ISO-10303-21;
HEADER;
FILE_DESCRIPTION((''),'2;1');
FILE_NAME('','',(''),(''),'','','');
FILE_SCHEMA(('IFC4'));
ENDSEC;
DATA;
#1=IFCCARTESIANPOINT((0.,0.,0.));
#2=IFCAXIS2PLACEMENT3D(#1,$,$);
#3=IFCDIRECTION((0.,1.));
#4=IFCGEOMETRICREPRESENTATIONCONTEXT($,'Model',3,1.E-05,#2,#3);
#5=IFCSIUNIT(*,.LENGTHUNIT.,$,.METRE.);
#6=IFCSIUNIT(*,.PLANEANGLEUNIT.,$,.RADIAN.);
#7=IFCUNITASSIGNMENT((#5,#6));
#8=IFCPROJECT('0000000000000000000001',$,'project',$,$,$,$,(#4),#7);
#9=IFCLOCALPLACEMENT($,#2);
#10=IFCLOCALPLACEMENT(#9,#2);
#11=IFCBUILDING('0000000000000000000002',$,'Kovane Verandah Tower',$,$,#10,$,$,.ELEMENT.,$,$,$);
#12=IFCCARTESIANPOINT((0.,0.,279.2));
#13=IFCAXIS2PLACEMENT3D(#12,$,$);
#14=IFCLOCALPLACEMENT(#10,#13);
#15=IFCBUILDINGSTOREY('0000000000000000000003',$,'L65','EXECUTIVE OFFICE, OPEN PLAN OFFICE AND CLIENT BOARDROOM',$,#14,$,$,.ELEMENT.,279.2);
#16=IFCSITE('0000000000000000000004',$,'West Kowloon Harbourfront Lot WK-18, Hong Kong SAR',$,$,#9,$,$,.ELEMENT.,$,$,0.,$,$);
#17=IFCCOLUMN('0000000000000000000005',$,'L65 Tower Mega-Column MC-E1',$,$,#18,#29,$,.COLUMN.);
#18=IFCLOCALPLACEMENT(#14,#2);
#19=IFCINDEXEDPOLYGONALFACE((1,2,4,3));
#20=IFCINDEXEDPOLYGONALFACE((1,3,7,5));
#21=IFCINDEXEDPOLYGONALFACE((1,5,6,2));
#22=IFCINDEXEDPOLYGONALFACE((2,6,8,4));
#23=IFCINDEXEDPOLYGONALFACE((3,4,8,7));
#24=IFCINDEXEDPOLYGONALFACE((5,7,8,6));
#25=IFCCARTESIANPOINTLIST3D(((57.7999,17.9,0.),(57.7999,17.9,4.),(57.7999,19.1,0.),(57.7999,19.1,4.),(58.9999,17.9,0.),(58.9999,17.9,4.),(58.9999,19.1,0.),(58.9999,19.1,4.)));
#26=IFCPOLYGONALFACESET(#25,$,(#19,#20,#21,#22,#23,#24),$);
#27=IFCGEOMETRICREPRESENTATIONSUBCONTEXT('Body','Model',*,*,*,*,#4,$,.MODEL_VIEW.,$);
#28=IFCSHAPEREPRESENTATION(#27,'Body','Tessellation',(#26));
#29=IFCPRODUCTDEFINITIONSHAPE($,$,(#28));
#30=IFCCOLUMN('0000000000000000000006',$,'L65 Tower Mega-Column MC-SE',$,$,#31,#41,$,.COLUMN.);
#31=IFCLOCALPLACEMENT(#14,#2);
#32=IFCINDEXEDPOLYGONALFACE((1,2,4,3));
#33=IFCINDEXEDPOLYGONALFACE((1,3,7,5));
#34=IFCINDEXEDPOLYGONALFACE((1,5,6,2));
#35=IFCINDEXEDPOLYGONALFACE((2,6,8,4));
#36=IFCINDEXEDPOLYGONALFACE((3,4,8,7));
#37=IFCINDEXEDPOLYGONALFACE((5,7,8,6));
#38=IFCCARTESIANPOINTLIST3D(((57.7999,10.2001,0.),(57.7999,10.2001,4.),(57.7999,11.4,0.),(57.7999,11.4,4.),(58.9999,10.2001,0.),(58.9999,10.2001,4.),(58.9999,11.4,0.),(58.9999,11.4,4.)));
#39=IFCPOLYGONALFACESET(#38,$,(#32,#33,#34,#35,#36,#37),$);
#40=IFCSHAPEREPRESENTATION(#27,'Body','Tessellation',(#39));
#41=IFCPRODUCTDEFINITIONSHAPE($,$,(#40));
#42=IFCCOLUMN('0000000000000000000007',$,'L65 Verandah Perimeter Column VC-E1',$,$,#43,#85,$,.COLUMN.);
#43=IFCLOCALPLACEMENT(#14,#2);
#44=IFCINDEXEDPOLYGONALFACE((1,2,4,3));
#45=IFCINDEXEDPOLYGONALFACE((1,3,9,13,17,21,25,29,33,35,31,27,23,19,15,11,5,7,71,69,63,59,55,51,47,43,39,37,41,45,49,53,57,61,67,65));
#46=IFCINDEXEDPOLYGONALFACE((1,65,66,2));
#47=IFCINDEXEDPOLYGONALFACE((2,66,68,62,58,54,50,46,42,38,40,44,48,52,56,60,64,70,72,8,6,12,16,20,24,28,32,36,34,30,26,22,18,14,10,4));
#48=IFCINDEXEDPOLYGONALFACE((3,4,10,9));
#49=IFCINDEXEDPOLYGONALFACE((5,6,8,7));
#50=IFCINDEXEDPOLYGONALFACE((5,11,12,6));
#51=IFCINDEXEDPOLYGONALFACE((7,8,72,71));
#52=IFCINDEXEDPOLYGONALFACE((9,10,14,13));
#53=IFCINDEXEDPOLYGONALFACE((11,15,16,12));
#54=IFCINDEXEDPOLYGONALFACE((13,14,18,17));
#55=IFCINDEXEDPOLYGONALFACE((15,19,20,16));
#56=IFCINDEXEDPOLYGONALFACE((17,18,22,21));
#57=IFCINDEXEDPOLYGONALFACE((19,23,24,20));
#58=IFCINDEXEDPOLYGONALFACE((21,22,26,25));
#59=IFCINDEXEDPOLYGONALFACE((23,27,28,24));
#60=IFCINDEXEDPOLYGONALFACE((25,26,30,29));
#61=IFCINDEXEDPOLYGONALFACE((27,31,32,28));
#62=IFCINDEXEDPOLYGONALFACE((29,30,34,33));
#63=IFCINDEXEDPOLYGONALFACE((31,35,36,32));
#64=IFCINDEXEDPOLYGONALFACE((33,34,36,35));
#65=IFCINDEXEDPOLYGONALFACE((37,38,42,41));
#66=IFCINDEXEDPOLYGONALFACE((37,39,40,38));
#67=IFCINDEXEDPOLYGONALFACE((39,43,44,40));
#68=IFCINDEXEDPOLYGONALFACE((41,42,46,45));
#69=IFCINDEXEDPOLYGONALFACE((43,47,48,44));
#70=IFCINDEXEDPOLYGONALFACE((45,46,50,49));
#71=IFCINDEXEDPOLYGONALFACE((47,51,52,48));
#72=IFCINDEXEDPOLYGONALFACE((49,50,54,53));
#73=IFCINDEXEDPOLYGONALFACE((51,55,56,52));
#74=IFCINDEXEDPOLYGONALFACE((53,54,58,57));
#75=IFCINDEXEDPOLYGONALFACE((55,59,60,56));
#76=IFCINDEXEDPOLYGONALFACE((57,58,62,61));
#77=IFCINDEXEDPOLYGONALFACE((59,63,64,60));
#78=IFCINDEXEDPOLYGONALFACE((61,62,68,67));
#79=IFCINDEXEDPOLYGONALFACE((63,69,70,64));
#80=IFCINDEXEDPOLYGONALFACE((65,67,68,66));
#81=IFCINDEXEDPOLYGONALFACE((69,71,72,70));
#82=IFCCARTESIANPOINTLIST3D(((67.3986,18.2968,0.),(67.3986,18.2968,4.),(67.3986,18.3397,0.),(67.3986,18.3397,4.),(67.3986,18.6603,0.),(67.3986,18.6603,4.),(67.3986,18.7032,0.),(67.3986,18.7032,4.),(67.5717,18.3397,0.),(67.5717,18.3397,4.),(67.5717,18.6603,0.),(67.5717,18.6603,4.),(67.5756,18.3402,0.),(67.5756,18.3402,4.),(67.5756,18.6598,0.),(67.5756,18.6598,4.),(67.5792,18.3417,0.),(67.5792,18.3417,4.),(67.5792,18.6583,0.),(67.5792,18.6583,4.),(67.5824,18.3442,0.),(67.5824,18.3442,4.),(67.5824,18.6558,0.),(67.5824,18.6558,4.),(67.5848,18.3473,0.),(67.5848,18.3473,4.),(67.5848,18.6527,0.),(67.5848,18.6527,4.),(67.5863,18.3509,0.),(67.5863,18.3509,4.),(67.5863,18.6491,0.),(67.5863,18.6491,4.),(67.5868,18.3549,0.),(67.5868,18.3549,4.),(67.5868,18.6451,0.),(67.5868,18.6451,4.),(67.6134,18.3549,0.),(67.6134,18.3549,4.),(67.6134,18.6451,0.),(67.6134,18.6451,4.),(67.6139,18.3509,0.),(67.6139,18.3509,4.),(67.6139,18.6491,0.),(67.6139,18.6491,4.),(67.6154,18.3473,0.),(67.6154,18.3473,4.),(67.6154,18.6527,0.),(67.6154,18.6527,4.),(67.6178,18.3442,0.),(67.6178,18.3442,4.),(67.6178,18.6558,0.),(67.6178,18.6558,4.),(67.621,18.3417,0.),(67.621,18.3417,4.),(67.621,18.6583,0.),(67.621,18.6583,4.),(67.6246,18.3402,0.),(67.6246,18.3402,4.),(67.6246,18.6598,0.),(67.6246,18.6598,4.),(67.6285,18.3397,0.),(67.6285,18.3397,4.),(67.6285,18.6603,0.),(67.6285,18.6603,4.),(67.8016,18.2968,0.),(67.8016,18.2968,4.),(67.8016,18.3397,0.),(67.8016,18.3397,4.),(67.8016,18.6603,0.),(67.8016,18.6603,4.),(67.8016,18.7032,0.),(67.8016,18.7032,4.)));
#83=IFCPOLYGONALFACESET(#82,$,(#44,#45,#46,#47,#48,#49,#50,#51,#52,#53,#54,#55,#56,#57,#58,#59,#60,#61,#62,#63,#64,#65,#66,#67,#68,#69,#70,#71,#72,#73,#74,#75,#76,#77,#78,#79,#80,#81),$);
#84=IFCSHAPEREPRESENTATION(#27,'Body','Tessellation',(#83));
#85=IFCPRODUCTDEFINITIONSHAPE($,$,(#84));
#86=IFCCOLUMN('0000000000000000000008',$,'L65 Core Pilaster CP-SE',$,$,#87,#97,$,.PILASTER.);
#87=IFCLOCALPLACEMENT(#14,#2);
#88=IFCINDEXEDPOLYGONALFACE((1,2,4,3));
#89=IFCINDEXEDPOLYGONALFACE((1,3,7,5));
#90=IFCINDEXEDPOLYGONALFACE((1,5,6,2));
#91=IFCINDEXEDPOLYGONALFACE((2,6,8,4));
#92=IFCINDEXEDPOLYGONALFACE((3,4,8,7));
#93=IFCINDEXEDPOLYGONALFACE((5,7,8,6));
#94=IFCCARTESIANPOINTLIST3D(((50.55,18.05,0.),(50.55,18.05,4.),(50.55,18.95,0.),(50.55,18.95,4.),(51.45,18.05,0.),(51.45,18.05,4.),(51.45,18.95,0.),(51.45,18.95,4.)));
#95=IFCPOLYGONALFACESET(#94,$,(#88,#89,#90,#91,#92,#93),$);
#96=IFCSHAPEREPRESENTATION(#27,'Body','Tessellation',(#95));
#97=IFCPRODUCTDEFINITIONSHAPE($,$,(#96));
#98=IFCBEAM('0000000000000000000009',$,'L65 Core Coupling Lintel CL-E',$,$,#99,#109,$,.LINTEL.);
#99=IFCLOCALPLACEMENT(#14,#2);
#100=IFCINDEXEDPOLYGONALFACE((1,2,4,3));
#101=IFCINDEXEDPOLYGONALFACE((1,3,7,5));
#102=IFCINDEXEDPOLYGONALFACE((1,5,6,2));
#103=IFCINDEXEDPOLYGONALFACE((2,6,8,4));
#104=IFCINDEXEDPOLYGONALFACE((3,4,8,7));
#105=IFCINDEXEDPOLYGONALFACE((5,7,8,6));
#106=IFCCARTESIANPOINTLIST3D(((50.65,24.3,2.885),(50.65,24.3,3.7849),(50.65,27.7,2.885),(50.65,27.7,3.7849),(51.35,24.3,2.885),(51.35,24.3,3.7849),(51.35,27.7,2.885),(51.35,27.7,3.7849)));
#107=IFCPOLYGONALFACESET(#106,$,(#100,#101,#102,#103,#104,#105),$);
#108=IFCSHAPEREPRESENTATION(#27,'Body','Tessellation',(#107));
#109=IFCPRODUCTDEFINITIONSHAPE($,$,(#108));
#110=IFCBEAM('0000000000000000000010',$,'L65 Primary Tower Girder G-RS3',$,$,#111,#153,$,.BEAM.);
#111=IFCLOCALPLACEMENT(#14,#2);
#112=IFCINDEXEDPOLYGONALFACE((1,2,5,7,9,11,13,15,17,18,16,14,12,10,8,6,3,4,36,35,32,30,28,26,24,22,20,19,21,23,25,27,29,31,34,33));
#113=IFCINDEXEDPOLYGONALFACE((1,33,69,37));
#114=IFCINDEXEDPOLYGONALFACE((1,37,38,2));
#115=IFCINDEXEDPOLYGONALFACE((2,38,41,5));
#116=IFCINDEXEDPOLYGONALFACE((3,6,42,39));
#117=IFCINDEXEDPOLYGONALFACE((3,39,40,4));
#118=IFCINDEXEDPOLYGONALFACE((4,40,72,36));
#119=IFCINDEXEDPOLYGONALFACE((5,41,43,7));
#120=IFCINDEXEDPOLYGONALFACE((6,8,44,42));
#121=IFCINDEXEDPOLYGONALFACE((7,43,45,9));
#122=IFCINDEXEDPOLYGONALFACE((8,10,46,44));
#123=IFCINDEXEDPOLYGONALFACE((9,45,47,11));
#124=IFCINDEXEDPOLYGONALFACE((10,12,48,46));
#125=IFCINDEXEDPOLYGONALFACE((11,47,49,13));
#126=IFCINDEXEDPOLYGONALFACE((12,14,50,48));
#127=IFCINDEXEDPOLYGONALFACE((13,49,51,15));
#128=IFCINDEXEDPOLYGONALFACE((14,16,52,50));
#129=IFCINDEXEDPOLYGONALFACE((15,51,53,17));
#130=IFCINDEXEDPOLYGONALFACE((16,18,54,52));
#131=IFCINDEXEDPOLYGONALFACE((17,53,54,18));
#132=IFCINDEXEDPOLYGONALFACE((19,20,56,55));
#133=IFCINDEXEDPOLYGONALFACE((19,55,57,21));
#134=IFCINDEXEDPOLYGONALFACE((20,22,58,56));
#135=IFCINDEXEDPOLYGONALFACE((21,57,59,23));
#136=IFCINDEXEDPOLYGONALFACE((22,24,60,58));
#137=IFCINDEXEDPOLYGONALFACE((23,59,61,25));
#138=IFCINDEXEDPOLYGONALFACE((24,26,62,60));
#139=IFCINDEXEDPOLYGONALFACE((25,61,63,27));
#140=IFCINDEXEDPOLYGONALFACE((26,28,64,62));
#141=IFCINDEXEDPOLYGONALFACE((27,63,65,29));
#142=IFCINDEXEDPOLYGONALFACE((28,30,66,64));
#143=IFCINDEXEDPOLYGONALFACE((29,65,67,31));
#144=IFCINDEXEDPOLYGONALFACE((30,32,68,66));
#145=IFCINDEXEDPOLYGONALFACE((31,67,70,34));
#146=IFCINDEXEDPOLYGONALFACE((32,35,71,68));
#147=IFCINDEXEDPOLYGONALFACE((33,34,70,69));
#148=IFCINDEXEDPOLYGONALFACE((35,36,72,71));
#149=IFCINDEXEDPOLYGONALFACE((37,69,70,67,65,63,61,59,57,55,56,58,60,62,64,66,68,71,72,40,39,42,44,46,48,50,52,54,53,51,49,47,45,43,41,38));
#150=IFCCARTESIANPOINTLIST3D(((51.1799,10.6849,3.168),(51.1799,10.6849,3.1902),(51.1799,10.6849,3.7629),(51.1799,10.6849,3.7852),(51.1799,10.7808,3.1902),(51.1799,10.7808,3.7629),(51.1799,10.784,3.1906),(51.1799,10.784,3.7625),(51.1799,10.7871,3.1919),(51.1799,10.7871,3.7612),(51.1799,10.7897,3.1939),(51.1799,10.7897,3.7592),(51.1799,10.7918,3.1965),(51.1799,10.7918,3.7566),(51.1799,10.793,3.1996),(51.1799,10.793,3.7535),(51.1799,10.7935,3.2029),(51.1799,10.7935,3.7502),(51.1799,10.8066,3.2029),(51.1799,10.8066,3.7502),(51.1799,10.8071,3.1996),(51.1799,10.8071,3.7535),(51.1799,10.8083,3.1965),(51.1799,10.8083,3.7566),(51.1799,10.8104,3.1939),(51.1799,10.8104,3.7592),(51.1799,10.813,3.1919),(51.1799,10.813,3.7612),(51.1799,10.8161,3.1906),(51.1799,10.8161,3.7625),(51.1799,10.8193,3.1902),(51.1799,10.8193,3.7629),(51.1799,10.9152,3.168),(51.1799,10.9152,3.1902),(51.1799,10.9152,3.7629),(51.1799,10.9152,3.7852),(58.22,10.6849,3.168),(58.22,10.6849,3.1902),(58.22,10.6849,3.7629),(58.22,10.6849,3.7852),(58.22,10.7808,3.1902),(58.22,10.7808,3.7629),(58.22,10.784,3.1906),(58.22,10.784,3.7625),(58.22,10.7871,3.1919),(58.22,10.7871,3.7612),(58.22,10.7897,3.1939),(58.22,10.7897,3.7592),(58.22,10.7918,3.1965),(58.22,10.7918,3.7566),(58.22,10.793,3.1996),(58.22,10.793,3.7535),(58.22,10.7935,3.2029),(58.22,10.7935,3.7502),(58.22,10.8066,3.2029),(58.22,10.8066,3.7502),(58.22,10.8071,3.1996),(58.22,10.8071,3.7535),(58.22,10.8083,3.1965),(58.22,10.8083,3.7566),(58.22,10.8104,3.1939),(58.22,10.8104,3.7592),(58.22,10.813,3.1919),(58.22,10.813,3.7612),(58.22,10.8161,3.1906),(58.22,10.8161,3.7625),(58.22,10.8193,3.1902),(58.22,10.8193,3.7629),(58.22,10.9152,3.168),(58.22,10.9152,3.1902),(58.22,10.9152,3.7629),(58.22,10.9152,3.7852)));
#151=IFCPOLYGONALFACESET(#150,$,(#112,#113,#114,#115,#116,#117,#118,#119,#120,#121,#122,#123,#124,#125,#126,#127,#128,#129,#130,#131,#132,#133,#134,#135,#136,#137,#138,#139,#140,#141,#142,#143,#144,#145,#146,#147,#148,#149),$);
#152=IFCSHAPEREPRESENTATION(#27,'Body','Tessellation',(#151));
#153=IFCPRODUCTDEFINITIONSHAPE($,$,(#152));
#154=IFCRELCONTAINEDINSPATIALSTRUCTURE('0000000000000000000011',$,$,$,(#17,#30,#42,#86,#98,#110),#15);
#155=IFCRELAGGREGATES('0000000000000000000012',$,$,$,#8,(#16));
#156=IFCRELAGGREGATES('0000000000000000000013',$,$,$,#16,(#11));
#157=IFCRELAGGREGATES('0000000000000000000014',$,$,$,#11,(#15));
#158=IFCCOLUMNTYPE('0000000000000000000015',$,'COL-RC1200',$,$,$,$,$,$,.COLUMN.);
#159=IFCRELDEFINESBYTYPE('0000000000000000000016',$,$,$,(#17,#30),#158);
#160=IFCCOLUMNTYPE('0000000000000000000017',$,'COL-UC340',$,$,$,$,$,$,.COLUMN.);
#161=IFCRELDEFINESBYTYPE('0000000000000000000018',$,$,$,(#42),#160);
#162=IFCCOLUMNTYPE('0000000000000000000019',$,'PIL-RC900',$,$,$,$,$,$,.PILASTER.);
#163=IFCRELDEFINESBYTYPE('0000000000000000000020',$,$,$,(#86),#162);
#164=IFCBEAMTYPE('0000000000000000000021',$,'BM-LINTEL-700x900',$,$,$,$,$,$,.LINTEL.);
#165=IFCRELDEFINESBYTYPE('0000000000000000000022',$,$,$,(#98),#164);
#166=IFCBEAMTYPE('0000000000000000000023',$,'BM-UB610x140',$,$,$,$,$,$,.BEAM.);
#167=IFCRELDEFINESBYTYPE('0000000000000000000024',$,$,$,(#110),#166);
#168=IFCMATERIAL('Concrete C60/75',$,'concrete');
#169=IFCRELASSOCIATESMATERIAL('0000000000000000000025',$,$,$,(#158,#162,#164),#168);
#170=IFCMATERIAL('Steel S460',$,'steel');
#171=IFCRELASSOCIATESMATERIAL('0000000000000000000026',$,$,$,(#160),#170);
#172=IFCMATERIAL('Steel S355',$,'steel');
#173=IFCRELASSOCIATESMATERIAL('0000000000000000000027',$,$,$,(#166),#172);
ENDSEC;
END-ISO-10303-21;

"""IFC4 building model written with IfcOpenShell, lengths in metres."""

from ifc_helpers import new_model, si_unit, direction, frame, origin, origin_2d, place, context, subcontext, project, spatial, rectangle, i_section, extrude, material, material_profile, profile_set, type_object, element, save


model = new_model("IFC4")

# Units and contexts
model_context = context("Model", 3, precision=1e-05, world=origin(), true_north=direction((0.0, 1.0)))
body_context = subcontext(model_context, "Body", "Model", "MODEL_VIEW")
ifc_project = project(units=[si_unit("LENGTHUNIT", "METRE"), si_unit("PLANEANGLEUNIT", "RADIAN")], contexts=[model_context])

# Site, building, storey
site_placement = place(None, origin())
site = spatial("IfcSite", under=ifc_project, at=site_placement, Name="West Kowloon Harbourfront Lot WK-18, Hong Kong SAR", CompositionType="ELEMENT", RefElevation=0.0)
building_placement = place(site_placement, origin())
building = spatial("IfcBuilding", under=site, at=building_placement, Name="Kovane Verandah Tower", CompositionType="ELEMENT")
storey_placement = place(building_placement, frame((0.0, 0.0, 279.2)))
storey = spatial("IfcBuildingStorey", under=building, at=storey_placement, Name="L65", Description="EXECUTIVE OFFICE, OPEN PLAN OFFICE AND CLIENT BOARDROOM", CompositionType="ELEMENT", Elevation=279.2)

# Columns
ifc_material_1 = material(Name="Concrete C60/75", Category="concrete")
ifc_material_profile_1 = material_profile(ifc_material_1, rectangle(XDim=1.2, YDim=1.2, at=origin_2d()), Name="RC1200x1200")
ifc_profile_set_1 = profile_set([ifc_material_profile_1], Name="Concrete C60/75")
column_type_1 = type_object("IfcColumnType", Name="COL-RC1200", PredefinedType="COLUMN", material=ifc_profile_set_1)
for number, where, z_axis, x_axis, name in (
    (1, (58.3999, 18.5, 0.0), (0.0, 0.0, 1.0), (1.0, 0.0, 0.0), "L65 Tower Mega-Column MC-E1"),
    (2, (58.3999, 10.8, 0.0), (0.0, 0.0, 1.0), (1.0, 0.0, 0.0), "L65 Tower Mega-Column MC-SE"),
):
    element("IfcColumn", number, at=place(storey_placement, frame(where, z_axis=z_axis, x_axis=x_axis)), inside=storey, type_object=column_type_1, Name=name, PredefinedType="COLUMN", context=body_context, shape_type="SweptSolid", body=[
        extrude(rectangle(XDim=1.2, YDim=1.2, at=origin_2d()), origin(), (0.0, 0.0, 1.0), 4.0),
    ])
ifc_material_2 = material(Name="Steel S460", Category="steel")
ifc_material_profile_2 = material_profile(ifc_material_2, i_section(OverallWidth=0.4031, OverallDepth=0.4065, WebThickness=0.0266, FlangeThickness=0.043, FilletRadius=0.0151, at=origin_2d()), Name="UC356x406x340")
ifc_profile_set_2 = profile_set([ifc_material_profile_2], Name="Steel S460")
column_type_2 = type_object("IfcColumnType", Name="COL-UC340", PredefinedType="COLUMN", material=ifc_profile_set_2)
column_1_placement = place(storey_placement, frame((67.6001, 18.5, 0.0), z_axis=(0.0, 0.0, 1.0), x_axis=(1.0, 0.0, 0.0)))
element("IfcColumn", 3, at=column_1_placement, inside=storey, type_object=column_type_2, Name="L65 Verandah Perimeter Column VC-E1", PredefinedType="COLUMN", context=body_context, shape_type="SweptSolid", body=[
    extrude(i_section(OverallWidth=0.4031, OverallDepth=0.4065, WebThickness=0.0266, FlangeThickness=0.043, FilletRadius=0.0151, at=origin_2d()), origin(), (0.0, 0.0, 1.0), 4.0),
])
ifc_material_profile_3 = material_profile(ifc_material_1, rectangle(XDim=0.8999, YDim=0.8999, at=origin_2d()), Name="RC900x900")
ifc_profile_set_3 = profile_set([ifc_material_profile_3], Name="Concrete C60/75")
column_type_3 = type_object("IfcColumnType", Name="PIL-RC900", PredefinedType="PILASTER", material=ifc_profile_set_3)
column_2_placement = place(storey_placement, frame((51.0, 18.5, 0.0), z_axis=(0.0, 0.0, 1.0), x_axis=(1.0, 0.0, 0.0)))
element("IfcColumn", 4, at=column_2_placement, inside=storey, type_object=column_type_3, Name="L65 Core Pilaster CP-SE", PredefinedType="PILASTER", context=body_context, shape_type="SweptSolid", body=[
    extrude(rectangle(XDim=0.8999, YDim=0.8999, at=origin_2d()), origin(), (0.0, 0.0, 1.0), 4.0),
])

# Beams
ifc_material_profile_4 = material_profile(ifc_material_1, rectangle(XDim=0.7, YDim=0.8999, at=origin_2d()), Name="RCB700x900")
ifc_profile_set_4 = profile_set([ifc_material_profile_4], Name="Concrete C60/75")
beam_type_1 = type_object("IfcBeamType", Name="BM-LINTEL-700x900", PredefinedType="LINTEL", material=ifc_profile_set_4)
beam_1_placement = place(storey_placement, frame((51.0, 24.3, 3.335), z_axis=(0.0, 1.0, 0.0), x_axis=(-1.0, 0.0, 0.0)))
element("IfcBeam", 5, at=beam_1_placement, inside=storey, type_object=beam_type_1, Name="L65 Core Coupling Lintel CL-E", PredefinedType="LINTEL", context=body_context, shape_type="SweptSolid", body=[
    extrude(rectangle(XDim=0.7, YDim=0.8999, at=origin_2d()), origin(), (0.0, 0.0, 1.0), 3.3999),
])
ifc_material_3 = material(Name="Steel S355", Category="steel")
ifc_material_profile_5 = material_profile(ifc_material_3, i_section(OverallWidth=0.2302, OverallDepth=0.6172, WebThickness=0.0132, FlangeThickness=0.0222, FilletRadius=0.0127, at=origin_2d()), Name="UB610x229x140")
ifc_profile_set_5 = profile_set([ifc_material_profile_5], Name="Steel S355")
beam_type_2 = type_object("IfcBeamType", Name="BM-UB610x140", PredefinedType="BEAM", material=ifc_profile_set_5)
beam_2_placement = place(storey_placement, frame((51.1799, 10.8, 3.4766), z_axis=(1.0, 0.0, 0.0), x_axis=(0.0, 1.0, 0.0)))
element("IfcBeam", 6, at=beam_2_placement, inside=storey, type_object=beam_type_2, Name="L65 Primary Tower Girder G-RS3", PredefinedType="BEAM", context=body_context, shape_type="SweptSolid", body=[
    extrude(i_section(OverallWidth=0.2302, OverallDepth=0.6172, WebThickness=0.0132, FlangeThickness=0.0222, FilletRadius=0.0127, at=origin_2d()), origin(), (0.0, 0.0, 1.0), 7.04),
])

save(model, "model.ifc")
